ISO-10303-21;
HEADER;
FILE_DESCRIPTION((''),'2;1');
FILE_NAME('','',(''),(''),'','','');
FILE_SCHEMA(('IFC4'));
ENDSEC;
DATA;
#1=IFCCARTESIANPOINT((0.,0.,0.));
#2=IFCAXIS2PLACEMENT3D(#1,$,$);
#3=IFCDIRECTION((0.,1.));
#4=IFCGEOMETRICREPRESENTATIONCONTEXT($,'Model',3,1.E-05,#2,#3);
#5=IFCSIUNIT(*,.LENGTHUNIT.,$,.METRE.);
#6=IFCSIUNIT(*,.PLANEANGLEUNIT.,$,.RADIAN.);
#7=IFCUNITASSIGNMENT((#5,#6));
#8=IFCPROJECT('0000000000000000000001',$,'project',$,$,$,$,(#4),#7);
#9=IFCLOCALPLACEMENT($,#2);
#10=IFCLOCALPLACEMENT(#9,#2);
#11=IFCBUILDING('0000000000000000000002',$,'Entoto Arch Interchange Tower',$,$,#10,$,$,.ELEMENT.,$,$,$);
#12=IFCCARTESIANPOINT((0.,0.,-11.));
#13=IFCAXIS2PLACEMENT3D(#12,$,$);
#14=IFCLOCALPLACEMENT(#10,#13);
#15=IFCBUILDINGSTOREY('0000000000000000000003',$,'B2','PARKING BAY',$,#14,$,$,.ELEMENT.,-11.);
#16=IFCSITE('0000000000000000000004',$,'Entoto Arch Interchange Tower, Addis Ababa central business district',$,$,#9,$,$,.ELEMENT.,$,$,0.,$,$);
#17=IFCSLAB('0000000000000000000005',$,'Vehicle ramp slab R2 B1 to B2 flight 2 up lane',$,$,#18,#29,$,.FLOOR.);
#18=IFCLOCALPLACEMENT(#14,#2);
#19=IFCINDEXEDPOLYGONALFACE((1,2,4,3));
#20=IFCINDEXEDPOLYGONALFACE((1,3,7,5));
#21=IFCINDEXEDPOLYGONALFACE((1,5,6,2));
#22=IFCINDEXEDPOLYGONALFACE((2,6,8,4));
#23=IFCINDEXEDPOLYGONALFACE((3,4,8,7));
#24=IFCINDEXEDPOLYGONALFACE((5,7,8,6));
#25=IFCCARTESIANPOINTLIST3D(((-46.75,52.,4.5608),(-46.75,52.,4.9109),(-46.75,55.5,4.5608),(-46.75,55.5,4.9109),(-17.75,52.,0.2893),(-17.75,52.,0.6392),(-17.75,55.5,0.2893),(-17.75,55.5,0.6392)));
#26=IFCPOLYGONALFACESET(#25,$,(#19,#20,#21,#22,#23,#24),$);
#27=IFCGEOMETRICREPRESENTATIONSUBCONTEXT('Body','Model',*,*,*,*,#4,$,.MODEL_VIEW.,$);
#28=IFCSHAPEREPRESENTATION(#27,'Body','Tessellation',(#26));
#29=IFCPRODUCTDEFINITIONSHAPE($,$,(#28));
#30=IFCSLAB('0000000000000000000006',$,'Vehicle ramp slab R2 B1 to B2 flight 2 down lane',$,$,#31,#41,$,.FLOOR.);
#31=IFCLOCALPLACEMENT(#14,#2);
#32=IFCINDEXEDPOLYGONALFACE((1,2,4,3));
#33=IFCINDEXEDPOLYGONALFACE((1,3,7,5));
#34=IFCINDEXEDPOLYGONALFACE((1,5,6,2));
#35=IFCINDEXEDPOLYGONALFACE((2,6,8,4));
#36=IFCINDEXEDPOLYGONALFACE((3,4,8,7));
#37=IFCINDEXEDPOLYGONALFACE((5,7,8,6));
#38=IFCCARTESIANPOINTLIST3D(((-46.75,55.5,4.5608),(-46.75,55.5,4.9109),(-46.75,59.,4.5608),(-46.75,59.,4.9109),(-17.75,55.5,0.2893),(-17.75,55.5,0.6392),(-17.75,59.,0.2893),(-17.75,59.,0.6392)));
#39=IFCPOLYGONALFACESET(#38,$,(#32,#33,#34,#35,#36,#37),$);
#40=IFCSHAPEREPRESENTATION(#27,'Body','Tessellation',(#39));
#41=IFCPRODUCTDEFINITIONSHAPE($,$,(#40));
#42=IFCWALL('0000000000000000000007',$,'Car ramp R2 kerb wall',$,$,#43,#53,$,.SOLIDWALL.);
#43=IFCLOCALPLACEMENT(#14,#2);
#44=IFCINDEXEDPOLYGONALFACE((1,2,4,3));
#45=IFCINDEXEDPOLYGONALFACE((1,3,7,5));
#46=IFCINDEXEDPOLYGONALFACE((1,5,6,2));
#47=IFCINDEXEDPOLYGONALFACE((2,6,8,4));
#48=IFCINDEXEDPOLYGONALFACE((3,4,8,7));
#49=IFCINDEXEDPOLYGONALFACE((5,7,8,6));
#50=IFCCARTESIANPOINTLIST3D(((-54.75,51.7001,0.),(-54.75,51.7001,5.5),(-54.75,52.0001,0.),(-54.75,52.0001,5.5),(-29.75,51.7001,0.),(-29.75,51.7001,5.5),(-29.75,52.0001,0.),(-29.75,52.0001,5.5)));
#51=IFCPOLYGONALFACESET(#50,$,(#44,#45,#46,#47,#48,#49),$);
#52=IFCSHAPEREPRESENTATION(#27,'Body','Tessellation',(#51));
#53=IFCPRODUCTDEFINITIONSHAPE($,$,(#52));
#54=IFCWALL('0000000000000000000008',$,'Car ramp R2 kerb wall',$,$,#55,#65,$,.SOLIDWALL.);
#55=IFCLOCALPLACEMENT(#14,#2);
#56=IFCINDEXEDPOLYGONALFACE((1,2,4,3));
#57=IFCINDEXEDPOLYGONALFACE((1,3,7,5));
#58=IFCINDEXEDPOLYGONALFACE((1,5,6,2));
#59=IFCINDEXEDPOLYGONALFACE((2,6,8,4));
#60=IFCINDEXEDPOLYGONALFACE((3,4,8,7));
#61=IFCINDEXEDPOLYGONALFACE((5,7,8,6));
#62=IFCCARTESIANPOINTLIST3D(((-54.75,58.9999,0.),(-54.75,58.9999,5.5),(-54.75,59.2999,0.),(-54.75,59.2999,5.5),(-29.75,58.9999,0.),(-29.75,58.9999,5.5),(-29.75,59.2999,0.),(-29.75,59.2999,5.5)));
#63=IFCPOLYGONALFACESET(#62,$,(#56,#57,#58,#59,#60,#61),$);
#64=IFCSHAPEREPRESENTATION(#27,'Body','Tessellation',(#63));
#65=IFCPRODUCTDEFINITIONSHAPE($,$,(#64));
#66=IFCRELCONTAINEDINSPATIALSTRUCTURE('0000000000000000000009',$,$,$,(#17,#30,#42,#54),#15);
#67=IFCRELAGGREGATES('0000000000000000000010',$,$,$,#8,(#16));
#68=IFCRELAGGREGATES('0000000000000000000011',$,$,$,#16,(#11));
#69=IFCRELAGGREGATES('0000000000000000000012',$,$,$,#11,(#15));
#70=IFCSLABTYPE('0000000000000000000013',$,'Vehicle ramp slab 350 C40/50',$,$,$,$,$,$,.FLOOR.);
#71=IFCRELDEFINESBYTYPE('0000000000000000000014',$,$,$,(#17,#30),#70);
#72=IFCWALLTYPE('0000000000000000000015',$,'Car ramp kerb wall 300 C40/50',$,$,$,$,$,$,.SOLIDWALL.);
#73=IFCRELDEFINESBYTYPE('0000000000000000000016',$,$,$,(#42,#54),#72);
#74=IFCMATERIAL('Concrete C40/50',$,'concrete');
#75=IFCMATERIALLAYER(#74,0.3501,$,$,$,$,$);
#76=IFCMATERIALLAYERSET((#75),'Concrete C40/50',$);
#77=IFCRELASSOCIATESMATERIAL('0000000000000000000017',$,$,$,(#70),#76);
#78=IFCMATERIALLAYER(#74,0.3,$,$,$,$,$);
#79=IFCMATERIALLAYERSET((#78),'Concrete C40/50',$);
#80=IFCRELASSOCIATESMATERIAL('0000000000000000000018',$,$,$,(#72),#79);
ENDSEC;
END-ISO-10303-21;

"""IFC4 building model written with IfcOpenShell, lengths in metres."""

from ifc_helpers import new_model, si_unit, direction, frame, frame_2d, origin, place, context, subcontext, project, spatial, polyline, rectangle, outline, extrude, material, layer, layer_set, type_object, element, save


model = new_model("IFC4")

# Units and contexts
model_context = context("Model", 3, precision=1e-05, world=origin(), true_north=direction((0.0, 1.0)))
body_context = subcontext(model_context, "Body", "Model", "MODEL_VIEW")
ifc_project = project(units=[si_unit("LENGTHUNIT", "METRE"), si_unit("PLANEANGLEUNIT", "RADIAN")], contexts=[model_context])

# Site, building, storey
site_placement = place(None, origin())
site = spatial("IfcSite", under=ifc_project, at=site_placement, Name="Entoto Arch Interchange Tower, Addis Ababa central business district", CompositionType="ELEMENT", RefElevation=0.0)
building_placement = place(site_placement, origin())
building = spatial("IfcBuilding", under=site, at=building_placement, Name="Entoto Arch Interchange Tower", CompositionType="ELEMENT")
storey_placement = place(building_placement, frame((0.0, 0.0, -11.0)))
storey = spatial("IfcBuildingStorey", under=building, at=storey_placement, Name="B2", Description="PARKING BAY", CompositionType="ELEMENT", Elevation=-11.0)

# Shared definitions
ifc_material = material(Name="Concrete C40/50", Category="concrete")

# Slabs
ifc_layer_1 = layer(ifc_material, 0.3501)
ifc_layer_set_1 = layer_set([ifc_layer_1], Name="Concrete C40/50")
slab_type = type_object("IfcSlabType", Name="Vehicle ramp slab 350 C40/50", PredefinedType="FLOOR", material=ifc_layer_set_1)
for number, where, z_axis, x_axis, name in (
    (1, (-46.75, 52.0, 4.9109), (0.0, 0.0, 1.0), (1.0, 0.0, 0.0), "Vehicle ramp slab R2 B1 to B2 flight 2 up lane"),
    (2, (-46.75, 55.5, 4.9109), (0.0, 0.0, 1.0), (1.0, 0.0, 0.0), "Vehicle ramp slab R2 B1 to B2 flight 2 down lane"),
):
    element("IfcSlab", number, at=place(storey_placement, frame(where, z_axis=z_axis, x_axis=x_axis)), inside=storey, type_object=slab_type, Name=name, PredefinedType="FLOOR", context=body_context, shape_type="SweptSolid", body=[
        extrude(outline(polyline([(0.0, -0.3501), (29.0, -4.6216), (29.0, -4.2717), (0.0, 0.0), (0.0, -0.3501)])), frame((0.0, 3.5, 0.0), z_axis=(0.0, -1.0, 0.0), x_axis=(1.0, 0.0, 0.0)), (0.0, 0.0, 1.0), 3.5),
    ])

# Walls
ifc_layer_2 = layer(ifc_material, 0.3)
ifc_layer_set_2 = layer_set([ifc_layer_2], Name="Concrete C40/50")
wall_type = type_object("IfcWallType", Name="Car ramp kerb wall 300 C40/50", PredefinedType="SOLIDWALL", material=ifc_layer_set_2)
for number, where, z_axis, x_axis, name in (
    (3, (-54.75, 51.8501, 0.0), (0.0, 0.0, 1.0), (1.0, 0.0, 0.0), "Car ramp R2 kerb wall"),
    (4, (-54.75, 59.1499, 0.0), (0.0, 0.0, 1.0), (1.0, 0.0, 0.0), "Car ramp R2 kerb wall"),
):
    element("IfcWall", number, at=place(storey_placement, frame(where, z_axis=z_axis, x_axis=x_axis)), inside=storey, type_object=wall_type, Name=name, PredefinedType="SOLIDWALL", context=body_context, shape_type="SweptSolid", body=[
        extrude(rectangle(XDim=25.0, YDim=0.3, at=frame_2d((12.5, 0.0))), origin(), (0.0, 0.0, 1.0), 5.5),
    ])

save(model, "model.ifc")
